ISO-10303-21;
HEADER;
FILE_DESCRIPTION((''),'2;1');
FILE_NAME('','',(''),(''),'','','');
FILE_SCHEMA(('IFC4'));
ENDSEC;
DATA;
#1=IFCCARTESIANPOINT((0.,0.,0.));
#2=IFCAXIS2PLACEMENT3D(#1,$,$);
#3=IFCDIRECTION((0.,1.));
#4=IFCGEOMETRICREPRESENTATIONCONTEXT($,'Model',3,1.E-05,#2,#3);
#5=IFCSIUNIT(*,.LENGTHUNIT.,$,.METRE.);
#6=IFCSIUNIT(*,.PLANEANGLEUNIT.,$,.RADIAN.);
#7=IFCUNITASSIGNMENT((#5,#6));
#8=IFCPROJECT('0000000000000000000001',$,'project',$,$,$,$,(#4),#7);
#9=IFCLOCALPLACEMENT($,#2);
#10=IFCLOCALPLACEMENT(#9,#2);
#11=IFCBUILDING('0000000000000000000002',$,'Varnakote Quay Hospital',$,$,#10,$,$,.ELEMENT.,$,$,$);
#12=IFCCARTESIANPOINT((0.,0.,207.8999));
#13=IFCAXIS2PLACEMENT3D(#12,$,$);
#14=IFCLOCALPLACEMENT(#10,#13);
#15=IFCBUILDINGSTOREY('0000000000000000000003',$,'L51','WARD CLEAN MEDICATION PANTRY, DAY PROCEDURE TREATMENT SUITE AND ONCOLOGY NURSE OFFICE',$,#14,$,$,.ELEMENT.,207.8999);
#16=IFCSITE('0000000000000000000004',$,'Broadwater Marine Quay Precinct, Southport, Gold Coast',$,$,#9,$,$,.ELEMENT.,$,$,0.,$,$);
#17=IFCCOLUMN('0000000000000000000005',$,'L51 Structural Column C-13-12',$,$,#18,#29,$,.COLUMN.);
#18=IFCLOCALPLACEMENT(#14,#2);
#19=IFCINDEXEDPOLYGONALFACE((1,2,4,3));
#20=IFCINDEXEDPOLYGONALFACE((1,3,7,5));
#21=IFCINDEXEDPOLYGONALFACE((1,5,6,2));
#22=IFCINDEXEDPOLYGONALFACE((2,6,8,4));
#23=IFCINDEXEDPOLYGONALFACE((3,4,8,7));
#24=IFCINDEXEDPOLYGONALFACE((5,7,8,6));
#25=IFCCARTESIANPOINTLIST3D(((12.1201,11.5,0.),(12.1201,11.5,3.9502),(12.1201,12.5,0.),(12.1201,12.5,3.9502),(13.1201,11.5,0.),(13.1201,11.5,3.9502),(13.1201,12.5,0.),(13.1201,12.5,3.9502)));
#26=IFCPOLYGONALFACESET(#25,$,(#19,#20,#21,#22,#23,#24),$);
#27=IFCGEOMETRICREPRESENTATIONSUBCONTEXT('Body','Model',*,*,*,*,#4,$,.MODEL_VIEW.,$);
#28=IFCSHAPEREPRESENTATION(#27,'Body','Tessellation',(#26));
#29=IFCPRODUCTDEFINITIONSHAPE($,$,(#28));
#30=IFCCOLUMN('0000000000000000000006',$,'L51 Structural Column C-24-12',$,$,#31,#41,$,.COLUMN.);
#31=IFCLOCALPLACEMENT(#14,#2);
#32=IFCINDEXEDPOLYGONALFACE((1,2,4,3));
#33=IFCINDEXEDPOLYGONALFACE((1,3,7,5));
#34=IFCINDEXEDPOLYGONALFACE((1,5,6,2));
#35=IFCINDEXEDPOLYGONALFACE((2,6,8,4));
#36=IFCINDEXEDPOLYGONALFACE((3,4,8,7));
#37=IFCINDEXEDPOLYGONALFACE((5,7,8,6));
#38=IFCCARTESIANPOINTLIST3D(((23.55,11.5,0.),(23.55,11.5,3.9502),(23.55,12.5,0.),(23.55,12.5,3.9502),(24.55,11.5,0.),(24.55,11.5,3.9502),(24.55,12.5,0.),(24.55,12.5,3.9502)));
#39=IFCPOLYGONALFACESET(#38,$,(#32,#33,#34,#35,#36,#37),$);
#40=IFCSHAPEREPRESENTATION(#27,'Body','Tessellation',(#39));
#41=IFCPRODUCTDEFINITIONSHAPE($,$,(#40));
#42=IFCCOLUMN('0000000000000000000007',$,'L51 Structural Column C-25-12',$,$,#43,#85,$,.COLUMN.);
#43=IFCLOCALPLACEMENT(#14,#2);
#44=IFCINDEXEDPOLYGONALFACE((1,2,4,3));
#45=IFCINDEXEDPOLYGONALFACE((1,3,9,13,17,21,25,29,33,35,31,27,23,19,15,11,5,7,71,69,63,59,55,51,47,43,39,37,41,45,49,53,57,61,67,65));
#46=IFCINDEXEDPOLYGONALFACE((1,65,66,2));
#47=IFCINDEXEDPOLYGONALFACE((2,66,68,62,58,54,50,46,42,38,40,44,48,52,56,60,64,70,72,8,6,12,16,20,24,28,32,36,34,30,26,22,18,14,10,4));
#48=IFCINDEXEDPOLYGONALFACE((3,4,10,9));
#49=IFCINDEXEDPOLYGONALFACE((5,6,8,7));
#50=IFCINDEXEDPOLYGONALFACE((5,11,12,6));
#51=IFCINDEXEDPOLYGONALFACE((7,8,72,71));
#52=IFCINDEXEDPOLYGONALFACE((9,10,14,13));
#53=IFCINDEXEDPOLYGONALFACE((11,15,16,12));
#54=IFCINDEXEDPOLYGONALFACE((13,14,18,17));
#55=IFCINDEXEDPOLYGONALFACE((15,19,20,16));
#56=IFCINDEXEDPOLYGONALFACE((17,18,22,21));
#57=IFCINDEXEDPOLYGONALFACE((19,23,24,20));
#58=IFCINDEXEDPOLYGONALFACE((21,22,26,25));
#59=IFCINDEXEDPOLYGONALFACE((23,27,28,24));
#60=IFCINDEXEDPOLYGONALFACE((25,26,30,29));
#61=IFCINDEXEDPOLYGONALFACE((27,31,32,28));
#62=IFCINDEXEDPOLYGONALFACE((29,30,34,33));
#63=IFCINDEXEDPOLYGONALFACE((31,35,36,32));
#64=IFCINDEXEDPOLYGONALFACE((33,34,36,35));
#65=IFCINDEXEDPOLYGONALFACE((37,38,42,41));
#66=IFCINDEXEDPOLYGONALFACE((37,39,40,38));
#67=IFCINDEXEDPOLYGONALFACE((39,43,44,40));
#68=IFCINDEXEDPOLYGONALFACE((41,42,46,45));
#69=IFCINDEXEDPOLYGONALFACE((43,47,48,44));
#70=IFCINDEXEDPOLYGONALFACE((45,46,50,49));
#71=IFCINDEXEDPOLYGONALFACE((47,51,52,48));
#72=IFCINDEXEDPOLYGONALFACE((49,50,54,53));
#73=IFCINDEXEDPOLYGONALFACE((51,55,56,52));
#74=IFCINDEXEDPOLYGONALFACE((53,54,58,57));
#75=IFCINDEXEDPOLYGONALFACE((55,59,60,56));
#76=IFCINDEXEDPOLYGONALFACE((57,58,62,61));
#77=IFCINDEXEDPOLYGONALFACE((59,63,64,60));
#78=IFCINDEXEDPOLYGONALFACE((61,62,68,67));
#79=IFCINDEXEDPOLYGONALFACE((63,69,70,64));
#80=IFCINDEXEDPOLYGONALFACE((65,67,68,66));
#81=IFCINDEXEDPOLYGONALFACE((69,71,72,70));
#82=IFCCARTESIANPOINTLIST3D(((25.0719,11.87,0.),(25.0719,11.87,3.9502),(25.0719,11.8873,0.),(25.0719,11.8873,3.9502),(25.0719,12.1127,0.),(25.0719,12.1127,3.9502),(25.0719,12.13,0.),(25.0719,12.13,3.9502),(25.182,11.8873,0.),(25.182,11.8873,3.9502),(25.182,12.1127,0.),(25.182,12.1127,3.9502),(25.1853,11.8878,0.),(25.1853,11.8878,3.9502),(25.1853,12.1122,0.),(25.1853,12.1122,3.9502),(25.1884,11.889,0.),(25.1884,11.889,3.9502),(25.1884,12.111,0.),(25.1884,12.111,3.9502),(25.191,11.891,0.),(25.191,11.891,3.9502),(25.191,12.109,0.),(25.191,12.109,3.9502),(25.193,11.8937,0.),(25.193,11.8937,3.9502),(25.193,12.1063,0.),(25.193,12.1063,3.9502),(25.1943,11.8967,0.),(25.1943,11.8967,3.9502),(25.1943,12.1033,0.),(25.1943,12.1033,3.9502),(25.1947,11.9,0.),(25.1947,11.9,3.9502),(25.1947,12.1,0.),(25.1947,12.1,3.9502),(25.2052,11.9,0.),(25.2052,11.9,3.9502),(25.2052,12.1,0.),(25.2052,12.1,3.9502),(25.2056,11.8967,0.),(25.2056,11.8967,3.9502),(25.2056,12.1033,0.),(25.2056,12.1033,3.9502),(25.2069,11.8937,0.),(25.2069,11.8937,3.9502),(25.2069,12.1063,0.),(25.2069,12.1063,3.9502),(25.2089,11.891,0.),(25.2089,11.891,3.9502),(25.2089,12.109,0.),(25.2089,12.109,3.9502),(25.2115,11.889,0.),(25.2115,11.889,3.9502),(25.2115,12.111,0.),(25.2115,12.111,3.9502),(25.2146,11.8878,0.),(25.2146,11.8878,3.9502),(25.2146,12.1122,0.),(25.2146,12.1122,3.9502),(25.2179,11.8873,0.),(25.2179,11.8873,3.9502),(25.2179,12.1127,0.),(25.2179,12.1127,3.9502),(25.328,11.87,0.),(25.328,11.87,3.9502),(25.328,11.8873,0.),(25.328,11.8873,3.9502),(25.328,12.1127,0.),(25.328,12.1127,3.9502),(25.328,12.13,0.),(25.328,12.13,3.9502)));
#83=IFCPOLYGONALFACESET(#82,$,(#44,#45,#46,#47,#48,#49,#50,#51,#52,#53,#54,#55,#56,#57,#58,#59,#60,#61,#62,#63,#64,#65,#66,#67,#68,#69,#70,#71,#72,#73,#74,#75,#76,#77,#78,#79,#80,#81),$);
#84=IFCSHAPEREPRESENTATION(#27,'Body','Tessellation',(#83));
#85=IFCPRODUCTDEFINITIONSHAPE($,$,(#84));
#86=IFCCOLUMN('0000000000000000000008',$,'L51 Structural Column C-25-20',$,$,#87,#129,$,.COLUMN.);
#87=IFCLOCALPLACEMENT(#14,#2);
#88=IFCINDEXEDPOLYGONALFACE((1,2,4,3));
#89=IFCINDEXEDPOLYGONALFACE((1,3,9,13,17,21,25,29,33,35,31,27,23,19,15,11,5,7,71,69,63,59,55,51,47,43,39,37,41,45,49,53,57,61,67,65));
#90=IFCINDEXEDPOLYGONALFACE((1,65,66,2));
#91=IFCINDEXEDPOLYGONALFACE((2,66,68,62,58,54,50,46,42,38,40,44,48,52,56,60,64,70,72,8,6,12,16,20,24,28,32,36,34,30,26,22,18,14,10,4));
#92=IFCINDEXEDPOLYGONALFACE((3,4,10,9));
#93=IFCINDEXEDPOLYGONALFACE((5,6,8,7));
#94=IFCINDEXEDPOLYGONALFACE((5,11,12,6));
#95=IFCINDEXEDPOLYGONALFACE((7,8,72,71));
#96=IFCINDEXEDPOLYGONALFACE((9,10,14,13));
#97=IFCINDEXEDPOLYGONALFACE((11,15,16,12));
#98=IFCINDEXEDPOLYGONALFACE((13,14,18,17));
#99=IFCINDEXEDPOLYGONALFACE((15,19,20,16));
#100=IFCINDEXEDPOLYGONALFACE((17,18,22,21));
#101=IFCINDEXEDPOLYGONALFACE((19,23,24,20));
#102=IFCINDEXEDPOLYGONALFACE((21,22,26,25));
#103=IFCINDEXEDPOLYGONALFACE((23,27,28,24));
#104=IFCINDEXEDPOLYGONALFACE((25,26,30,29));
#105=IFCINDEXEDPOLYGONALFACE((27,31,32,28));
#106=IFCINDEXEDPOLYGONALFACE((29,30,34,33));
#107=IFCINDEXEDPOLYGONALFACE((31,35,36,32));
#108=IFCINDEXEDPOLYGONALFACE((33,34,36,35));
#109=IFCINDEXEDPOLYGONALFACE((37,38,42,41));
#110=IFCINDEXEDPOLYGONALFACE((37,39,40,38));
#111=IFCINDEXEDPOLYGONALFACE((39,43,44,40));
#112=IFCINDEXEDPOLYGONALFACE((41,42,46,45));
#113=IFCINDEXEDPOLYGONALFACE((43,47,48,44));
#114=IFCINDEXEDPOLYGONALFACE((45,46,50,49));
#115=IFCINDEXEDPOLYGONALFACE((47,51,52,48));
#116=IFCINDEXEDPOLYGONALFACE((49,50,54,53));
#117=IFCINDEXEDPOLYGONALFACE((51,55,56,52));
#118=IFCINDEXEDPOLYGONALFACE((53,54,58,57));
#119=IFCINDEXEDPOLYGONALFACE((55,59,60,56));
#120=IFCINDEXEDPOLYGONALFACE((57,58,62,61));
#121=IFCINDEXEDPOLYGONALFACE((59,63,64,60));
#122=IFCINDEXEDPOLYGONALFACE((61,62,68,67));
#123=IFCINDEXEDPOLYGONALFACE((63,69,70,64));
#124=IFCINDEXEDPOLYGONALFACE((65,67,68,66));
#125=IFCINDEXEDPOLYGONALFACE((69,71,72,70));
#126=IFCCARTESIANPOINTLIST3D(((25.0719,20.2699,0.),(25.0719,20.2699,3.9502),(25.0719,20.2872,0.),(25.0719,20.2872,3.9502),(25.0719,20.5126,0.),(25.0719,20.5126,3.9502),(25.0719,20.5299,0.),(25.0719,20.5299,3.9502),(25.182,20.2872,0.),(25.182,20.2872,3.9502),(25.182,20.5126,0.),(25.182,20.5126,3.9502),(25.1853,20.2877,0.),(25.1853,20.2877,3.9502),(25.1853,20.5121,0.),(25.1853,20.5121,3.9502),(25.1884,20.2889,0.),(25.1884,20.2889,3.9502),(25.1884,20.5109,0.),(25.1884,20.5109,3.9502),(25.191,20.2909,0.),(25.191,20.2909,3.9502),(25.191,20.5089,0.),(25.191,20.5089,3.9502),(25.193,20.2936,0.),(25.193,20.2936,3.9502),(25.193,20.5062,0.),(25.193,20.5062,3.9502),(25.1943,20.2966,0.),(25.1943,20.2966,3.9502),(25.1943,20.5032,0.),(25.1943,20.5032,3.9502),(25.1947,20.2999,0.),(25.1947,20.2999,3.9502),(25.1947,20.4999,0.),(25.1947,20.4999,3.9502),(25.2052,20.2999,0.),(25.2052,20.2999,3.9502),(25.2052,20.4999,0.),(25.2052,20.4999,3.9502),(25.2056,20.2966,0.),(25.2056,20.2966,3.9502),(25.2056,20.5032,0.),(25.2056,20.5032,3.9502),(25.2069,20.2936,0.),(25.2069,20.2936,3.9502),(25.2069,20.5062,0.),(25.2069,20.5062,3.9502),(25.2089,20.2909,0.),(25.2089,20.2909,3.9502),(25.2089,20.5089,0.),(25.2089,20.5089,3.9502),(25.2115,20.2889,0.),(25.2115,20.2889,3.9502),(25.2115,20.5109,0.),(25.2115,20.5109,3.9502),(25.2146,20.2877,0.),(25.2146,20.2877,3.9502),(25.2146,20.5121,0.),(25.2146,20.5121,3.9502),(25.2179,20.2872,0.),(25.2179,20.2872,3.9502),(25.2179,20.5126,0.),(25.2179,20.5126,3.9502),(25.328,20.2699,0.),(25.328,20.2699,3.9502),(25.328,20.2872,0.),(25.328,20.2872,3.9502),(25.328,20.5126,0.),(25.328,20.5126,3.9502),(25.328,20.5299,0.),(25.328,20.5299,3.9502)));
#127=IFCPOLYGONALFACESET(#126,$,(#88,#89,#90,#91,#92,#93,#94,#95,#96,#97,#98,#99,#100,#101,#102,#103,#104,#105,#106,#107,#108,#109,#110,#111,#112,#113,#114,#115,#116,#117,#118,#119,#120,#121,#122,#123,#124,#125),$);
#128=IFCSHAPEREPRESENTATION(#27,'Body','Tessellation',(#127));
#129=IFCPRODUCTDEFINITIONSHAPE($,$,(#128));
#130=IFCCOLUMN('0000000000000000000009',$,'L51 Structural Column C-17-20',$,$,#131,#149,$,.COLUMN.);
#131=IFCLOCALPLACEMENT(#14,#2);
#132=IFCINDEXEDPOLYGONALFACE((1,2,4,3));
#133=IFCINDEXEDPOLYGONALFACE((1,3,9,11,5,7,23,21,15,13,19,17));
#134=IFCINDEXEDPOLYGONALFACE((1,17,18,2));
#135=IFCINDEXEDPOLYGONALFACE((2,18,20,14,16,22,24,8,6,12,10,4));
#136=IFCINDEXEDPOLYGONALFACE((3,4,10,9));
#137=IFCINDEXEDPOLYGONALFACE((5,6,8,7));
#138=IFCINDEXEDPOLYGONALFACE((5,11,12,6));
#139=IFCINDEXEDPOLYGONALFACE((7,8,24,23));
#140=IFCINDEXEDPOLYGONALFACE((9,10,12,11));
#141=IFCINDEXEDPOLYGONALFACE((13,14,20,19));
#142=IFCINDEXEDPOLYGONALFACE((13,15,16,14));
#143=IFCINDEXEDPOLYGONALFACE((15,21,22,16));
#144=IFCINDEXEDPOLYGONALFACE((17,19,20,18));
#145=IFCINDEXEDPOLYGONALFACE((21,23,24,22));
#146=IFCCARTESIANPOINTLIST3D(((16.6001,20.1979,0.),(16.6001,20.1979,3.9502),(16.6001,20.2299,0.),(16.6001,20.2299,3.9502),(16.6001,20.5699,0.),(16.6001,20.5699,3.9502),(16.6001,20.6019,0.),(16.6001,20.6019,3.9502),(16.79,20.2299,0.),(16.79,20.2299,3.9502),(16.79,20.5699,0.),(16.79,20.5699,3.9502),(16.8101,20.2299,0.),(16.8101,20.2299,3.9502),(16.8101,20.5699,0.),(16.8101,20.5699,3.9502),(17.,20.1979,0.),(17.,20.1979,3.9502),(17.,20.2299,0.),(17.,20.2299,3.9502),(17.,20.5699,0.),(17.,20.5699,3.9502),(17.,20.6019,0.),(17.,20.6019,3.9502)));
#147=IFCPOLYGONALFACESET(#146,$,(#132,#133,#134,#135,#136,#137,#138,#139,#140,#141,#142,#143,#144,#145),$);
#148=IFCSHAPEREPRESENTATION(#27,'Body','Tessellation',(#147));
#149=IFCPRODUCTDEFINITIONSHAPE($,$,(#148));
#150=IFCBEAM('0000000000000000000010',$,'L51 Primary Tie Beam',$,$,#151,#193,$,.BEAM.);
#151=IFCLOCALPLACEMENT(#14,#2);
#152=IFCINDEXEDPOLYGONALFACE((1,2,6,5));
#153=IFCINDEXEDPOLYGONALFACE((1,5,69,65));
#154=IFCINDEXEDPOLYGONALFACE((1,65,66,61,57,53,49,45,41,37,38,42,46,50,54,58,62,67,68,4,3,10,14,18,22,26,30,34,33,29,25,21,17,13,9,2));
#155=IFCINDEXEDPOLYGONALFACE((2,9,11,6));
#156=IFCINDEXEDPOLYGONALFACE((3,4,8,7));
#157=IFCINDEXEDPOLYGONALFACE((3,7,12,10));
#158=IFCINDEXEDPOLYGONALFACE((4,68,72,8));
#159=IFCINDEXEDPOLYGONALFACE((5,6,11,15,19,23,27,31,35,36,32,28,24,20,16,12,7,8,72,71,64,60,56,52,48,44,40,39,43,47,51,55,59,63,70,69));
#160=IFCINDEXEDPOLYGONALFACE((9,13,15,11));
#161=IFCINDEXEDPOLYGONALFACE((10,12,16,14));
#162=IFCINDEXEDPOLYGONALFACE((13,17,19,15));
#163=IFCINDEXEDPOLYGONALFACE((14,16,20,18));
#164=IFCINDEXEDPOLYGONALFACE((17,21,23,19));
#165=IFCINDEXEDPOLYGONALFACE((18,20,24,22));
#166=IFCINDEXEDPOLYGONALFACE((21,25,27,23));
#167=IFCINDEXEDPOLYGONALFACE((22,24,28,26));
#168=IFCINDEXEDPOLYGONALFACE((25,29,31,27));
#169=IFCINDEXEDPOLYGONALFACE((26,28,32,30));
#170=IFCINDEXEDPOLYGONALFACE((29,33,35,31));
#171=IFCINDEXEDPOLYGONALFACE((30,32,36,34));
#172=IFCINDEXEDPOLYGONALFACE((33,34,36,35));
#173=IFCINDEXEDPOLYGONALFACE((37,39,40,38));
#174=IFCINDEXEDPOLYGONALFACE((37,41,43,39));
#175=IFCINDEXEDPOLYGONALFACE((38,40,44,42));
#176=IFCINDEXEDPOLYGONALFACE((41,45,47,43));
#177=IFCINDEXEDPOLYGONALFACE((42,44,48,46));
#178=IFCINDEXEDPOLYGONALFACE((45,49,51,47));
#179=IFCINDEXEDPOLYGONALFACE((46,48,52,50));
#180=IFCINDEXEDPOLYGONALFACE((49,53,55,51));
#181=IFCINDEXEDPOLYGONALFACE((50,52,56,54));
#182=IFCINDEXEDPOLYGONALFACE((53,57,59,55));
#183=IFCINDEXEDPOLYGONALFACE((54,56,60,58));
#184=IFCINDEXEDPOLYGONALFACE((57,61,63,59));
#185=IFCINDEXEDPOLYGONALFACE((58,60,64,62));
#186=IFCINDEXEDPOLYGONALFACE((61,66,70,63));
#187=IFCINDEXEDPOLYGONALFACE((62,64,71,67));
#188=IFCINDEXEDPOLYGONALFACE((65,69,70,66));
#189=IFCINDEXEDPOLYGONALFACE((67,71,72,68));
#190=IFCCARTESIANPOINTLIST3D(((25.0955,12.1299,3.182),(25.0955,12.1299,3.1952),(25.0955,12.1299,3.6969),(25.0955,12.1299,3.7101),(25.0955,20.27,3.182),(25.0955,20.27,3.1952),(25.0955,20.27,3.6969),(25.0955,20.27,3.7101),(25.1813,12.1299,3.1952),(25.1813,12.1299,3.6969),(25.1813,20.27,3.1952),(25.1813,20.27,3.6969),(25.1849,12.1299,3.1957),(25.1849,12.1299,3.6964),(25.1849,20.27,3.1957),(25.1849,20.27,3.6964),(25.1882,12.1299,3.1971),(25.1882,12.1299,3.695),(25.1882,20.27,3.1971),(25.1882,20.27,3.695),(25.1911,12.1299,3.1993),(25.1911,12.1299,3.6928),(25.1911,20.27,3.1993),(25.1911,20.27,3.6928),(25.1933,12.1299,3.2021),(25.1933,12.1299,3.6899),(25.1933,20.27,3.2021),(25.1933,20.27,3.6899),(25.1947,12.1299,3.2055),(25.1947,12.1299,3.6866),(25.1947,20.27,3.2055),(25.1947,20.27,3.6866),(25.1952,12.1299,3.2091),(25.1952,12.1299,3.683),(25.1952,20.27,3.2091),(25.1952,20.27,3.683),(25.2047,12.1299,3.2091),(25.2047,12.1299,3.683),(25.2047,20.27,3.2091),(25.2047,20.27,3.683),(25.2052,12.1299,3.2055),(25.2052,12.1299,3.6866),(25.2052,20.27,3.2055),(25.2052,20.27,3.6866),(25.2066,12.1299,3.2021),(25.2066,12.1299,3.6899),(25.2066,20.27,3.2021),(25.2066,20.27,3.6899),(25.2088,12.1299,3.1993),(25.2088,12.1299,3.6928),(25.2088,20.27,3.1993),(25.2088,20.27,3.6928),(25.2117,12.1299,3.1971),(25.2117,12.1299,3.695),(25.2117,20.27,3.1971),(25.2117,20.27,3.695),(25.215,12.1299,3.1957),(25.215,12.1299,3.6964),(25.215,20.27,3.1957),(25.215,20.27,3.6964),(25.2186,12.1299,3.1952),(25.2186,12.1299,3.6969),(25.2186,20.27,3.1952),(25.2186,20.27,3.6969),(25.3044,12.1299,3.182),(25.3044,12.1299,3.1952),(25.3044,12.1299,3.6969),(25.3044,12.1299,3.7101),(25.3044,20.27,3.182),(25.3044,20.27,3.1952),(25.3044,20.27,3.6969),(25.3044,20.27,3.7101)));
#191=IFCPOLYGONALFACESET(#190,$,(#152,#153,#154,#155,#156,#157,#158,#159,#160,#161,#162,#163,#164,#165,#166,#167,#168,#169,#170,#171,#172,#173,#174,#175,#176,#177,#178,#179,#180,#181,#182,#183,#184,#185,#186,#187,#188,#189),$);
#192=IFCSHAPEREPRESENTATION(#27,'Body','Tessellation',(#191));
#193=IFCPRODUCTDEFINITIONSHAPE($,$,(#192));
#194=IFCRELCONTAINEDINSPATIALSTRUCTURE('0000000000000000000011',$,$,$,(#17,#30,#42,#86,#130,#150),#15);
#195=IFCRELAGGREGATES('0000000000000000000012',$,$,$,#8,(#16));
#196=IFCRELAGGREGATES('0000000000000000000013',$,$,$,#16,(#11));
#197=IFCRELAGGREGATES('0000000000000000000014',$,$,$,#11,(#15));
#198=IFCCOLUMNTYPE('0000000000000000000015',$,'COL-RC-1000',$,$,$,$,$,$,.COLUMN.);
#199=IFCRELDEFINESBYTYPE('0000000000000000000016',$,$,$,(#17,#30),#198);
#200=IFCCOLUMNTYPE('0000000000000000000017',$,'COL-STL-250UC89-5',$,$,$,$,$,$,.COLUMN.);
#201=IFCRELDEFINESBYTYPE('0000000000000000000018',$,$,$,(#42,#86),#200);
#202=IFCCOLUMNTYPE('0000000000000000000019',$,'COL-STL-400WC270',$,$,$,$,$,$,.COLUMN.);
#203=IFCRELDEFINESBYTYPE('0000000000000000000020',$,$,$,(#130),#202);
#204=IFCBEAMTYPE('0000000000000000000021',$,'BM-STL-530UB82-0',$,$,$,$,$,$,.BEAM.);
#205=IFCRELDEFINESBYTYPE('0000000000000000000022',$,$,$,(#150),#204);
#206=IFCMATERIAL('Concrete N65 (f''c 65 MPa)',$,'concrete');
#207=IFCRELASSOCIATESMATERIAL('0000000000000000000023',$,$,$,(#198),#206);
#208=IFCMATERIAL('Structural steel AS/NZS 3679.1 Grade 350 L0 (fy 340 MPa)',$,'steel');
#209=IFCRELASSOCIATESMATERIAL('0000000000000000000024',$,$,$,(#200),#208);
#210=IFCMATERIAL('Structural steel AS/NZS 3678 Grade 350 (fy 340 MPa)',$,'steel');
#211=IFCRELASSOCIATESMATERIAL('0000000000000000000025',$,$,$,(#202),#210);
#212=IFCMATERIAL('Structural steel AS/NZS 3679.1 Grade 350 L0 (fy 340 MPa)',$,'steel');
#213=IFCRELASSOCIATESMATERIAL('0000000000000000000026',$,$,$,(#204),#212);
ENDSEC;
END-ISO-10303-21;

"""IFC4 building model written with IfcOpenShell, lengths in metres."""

from ifc_helpers import new_model, si_unit, direction, frame, origin, origin_2d, place, context, subcontext, project, spatial, rectangle, i_section, extrude, material, material_profile, profile_set, type_object, element, save


model = new_model("IFC4")

# Units and contexts
model_context = context("Model", 3, precision=1e-05, world=origin(), true_north=direction((0.0, 1.0)))
body_context = subcontext(model_context, "Body", "Model", "MODEL_VIEW")
ifc_project = project(units=[si_unit("LENGTHUNIT", "METRE"), si_unit("PLANEANGLEUNIT", "RADIAN")], contexts=[model_context])

# Site, building, storey
site_placement = place(None, origin())
site = spatial("IfcSite", under=ifc_project, at=site_placement, Name="Broadwater Marine Quay Precinct, Southport, Gold Coast", CompositionType="ELEMENT", RefElevation=0.0)
building_placement = place(site_placement, origin())
building = spatial("IfcBuilding", under=site, at=building_placement, Name="Varnakote Quay Hospital", CompositionType="ELEMENT")
storey_placement = place(building_placement, frame((0.0, 0.0, 207.8999)))
storey = spatial("IfcBuildingStorey", under=building, at=storey_placement, Name="L51", Description="WARD CLEAN MEDICATION PANTRY, DAY PROCEDURE TREATMENT SUITE AND ONCOLOGY NURSE OFFICE", CompositionType="ELEMENT", Elevation=207.8999)

# Columns
ifc_material_1 = material(Name="Concrete N65 (f'c 65 MPa)", Category="concrete")
ifc_material_profile_1 = material_profile(ifc_material_1, rectangle(XDim=1.0, YDim=1.0, at=origin_2d()), Name="RC-COL-1000x1000")
ifc_profile_set_1 = profile_set([ifc_material_profile_1], Name="Concrete N65 (f'c 65 MPa)")
column_type_1 = type_object("IfcColumnType", Name="COL-RC-1000", PredefinedType="COLUMN", material=ifc_profile_set_1)
for number, where, z_axis, x_axis, name in (
    (1, (12.6201, 12.0, 0.0), (0.0, 0.0, 1.0), (1.0, 0.0, 0.0), "L51 Structural Column C-13-12"),
    (2, (24.05, 12.0, 0.0), (0.0, 0.0, 1.0), (1.0, 0.0, 0.0), "L51 Structural Column C-24-12"),
):
    element("IfcColumn", number, at=place(storey_placement, frame(where, z_axis=z_axis, x_axis=x_axis)), inside=storey, type_object=column_type_1, Name=name, PredefinedType="COLUMN", context=body_context, shape_type="SweptSolid", body=[
        extrude(rectangle(XDim=1.0, YDim=1.0, at=origin_2d()), origin(), (0.0, 0.0, 1.0), 3.9502),
    ])
ifc_material_2 = material(Name="Structural steel AS/NZS 3679.1 Grade 350 L0 (fy 340 MPa)", Category="steel")
ifc_material_profile_2 = material_profile(ifc_material_2, i_section(OverallWidth=0.2561, OverallDepth=0.26, WebThickness=0.0105, FlangeThickness=0.0173, FilletRadius=0.0127, at=origin_2d()), Name="250UC89.5")
ifc_profile_set_2 = profile_set([ifc_material_profile_2], Name="Structural steel AS/NZS 3679.1 Grade 350 L0 (fy 340 MPa)")
column_type_2 = type_object("IfcColumnType", Name="COL-STL-250UC89-5", PredefinedType="COLUMN", material=ifc_profile_set_2)
for number, where, z_axis, x_axis, name in (
    (3, (25.2, 12.0, 0.0), (0.0, 0.0, 1.0), (1.0, 0.0, 0.0), "L51 Structural Column C-25-12"),
    (4, (25.2, 20.3999, 0.0), (0.0, 0.0, 1.0), (1.0, 0.0, 0.0), "L51 Structural Column C-25-20"),
):
    element("IfcColumn", number, at=place(storey_placement, frame(where, z_axis=z_axis, x_axis=x_axis)), inside=storey, type_object=column_type_2, Name=name, PredefinedType="COLUMN", context=body_context, shape_type="SweptSolid", body=[
        extrude(i_section(OverallWidth=0.2561, OverallDepth=0.26, WebThickness=0.0105, FlangeThickness=0.0173, FilletRadius=0.0127, at=origin_2d()), origin(), (0.0, 0.0, 1.0), 3.9502),
    ])
ifc_material_3 = material(Name="Structural steel AS/NZS 3678 Grade 350 (fy 340 MPa)", Category="steel")
ifc_material_profile_3 = material_profile(ifc_material_3, i_section(OverallWidth=0.3999, OverallDepth=0.4041, WebThickness=0.02, FlangeThickness=0.032, at=origin_2d()), Name="400WC270")
ifc_profile_set_3 = profile_set([ifc_material_profile_3], Name="Structural steel AS/NZS 3678 Grade 350 (fy 340 MPa)")
column_type_3 = type_object("IfcColumnType", Name="COL-STL-400WC270", PredefinedType="COLUMN", material=ifc_profile_set_3)
column_placement = place(storey_placement, frame((16.8, 20.3999, 0.0), z_axis=(0.0, 0.0, 1.0), x_axis=(1.0, 0.0, 0.0)))
element("IfcColumn", 5, at=column_placement, inside=storey, type_object=column_type_3, Name="L51 Structural Column C-17-20", PredefinedType="COLUMN", context=body_context, shape_type="SweptSolid", body=[
    extrude(i_section(OverallWidth=0.3999, OverallDepth=0.4041, WebThickness=0.02, FlangeThickness=0.032, at=origin_2d()), origin(), (0.0, 0.0, 1.0), 3.9502),
])

# Beam
ifc_material_4 = material(Name="Structural steel AS/NZS 3679.1 Grade 350 L0 (fy 340 MPa)", Category="steel")
ifc_material_profile_4 = material_profile(ifc_material_4, i_section(OverallWidth=0.209, OverallDepth=0.5281, WebThickness=0.0095, FlangeThickness=0.0132, FilletRadius=0.0139, at=origin_2d()), Name="530UB82.0")
ifc_profile_set_4 = profile_set([ifc_material_profile_4], Name="Structural steel AS/NZS 3679.1 Grade 350 L0 (fy 340 MPa)")
beam_type_1 = type_object("IfcBeamType", Name="BM-STL-530UB82-0", PredefinedType="BEAM", material=ifc_profile_set_4)
beam_1_placement = place(storey_placement, frame((25.2, 12.1299, 3.446), z_axis=(0.0, 1.0, 0.0), x_axis=(-1.0, 0.0, 0.0)))
element("IfcBeam", 6, at=beam_1_placement, inside=storey, type_object=beam_type_1, Name="L51 Primary Tie Beam", PredefinedType="BEAM", context=body_context, shape_type="SweptSolid", body=[
    extrude(i_section(OverallWidth=0.209, OverallDepth=0.5281, WebThickness=0.0095, FlangeThickness=0.0132, FilletRadius=0.0139, at=origin_2d()), origin(), (0.0, 0.0, 1.0), 8.1401),
])

save(model, "model.ifc")
